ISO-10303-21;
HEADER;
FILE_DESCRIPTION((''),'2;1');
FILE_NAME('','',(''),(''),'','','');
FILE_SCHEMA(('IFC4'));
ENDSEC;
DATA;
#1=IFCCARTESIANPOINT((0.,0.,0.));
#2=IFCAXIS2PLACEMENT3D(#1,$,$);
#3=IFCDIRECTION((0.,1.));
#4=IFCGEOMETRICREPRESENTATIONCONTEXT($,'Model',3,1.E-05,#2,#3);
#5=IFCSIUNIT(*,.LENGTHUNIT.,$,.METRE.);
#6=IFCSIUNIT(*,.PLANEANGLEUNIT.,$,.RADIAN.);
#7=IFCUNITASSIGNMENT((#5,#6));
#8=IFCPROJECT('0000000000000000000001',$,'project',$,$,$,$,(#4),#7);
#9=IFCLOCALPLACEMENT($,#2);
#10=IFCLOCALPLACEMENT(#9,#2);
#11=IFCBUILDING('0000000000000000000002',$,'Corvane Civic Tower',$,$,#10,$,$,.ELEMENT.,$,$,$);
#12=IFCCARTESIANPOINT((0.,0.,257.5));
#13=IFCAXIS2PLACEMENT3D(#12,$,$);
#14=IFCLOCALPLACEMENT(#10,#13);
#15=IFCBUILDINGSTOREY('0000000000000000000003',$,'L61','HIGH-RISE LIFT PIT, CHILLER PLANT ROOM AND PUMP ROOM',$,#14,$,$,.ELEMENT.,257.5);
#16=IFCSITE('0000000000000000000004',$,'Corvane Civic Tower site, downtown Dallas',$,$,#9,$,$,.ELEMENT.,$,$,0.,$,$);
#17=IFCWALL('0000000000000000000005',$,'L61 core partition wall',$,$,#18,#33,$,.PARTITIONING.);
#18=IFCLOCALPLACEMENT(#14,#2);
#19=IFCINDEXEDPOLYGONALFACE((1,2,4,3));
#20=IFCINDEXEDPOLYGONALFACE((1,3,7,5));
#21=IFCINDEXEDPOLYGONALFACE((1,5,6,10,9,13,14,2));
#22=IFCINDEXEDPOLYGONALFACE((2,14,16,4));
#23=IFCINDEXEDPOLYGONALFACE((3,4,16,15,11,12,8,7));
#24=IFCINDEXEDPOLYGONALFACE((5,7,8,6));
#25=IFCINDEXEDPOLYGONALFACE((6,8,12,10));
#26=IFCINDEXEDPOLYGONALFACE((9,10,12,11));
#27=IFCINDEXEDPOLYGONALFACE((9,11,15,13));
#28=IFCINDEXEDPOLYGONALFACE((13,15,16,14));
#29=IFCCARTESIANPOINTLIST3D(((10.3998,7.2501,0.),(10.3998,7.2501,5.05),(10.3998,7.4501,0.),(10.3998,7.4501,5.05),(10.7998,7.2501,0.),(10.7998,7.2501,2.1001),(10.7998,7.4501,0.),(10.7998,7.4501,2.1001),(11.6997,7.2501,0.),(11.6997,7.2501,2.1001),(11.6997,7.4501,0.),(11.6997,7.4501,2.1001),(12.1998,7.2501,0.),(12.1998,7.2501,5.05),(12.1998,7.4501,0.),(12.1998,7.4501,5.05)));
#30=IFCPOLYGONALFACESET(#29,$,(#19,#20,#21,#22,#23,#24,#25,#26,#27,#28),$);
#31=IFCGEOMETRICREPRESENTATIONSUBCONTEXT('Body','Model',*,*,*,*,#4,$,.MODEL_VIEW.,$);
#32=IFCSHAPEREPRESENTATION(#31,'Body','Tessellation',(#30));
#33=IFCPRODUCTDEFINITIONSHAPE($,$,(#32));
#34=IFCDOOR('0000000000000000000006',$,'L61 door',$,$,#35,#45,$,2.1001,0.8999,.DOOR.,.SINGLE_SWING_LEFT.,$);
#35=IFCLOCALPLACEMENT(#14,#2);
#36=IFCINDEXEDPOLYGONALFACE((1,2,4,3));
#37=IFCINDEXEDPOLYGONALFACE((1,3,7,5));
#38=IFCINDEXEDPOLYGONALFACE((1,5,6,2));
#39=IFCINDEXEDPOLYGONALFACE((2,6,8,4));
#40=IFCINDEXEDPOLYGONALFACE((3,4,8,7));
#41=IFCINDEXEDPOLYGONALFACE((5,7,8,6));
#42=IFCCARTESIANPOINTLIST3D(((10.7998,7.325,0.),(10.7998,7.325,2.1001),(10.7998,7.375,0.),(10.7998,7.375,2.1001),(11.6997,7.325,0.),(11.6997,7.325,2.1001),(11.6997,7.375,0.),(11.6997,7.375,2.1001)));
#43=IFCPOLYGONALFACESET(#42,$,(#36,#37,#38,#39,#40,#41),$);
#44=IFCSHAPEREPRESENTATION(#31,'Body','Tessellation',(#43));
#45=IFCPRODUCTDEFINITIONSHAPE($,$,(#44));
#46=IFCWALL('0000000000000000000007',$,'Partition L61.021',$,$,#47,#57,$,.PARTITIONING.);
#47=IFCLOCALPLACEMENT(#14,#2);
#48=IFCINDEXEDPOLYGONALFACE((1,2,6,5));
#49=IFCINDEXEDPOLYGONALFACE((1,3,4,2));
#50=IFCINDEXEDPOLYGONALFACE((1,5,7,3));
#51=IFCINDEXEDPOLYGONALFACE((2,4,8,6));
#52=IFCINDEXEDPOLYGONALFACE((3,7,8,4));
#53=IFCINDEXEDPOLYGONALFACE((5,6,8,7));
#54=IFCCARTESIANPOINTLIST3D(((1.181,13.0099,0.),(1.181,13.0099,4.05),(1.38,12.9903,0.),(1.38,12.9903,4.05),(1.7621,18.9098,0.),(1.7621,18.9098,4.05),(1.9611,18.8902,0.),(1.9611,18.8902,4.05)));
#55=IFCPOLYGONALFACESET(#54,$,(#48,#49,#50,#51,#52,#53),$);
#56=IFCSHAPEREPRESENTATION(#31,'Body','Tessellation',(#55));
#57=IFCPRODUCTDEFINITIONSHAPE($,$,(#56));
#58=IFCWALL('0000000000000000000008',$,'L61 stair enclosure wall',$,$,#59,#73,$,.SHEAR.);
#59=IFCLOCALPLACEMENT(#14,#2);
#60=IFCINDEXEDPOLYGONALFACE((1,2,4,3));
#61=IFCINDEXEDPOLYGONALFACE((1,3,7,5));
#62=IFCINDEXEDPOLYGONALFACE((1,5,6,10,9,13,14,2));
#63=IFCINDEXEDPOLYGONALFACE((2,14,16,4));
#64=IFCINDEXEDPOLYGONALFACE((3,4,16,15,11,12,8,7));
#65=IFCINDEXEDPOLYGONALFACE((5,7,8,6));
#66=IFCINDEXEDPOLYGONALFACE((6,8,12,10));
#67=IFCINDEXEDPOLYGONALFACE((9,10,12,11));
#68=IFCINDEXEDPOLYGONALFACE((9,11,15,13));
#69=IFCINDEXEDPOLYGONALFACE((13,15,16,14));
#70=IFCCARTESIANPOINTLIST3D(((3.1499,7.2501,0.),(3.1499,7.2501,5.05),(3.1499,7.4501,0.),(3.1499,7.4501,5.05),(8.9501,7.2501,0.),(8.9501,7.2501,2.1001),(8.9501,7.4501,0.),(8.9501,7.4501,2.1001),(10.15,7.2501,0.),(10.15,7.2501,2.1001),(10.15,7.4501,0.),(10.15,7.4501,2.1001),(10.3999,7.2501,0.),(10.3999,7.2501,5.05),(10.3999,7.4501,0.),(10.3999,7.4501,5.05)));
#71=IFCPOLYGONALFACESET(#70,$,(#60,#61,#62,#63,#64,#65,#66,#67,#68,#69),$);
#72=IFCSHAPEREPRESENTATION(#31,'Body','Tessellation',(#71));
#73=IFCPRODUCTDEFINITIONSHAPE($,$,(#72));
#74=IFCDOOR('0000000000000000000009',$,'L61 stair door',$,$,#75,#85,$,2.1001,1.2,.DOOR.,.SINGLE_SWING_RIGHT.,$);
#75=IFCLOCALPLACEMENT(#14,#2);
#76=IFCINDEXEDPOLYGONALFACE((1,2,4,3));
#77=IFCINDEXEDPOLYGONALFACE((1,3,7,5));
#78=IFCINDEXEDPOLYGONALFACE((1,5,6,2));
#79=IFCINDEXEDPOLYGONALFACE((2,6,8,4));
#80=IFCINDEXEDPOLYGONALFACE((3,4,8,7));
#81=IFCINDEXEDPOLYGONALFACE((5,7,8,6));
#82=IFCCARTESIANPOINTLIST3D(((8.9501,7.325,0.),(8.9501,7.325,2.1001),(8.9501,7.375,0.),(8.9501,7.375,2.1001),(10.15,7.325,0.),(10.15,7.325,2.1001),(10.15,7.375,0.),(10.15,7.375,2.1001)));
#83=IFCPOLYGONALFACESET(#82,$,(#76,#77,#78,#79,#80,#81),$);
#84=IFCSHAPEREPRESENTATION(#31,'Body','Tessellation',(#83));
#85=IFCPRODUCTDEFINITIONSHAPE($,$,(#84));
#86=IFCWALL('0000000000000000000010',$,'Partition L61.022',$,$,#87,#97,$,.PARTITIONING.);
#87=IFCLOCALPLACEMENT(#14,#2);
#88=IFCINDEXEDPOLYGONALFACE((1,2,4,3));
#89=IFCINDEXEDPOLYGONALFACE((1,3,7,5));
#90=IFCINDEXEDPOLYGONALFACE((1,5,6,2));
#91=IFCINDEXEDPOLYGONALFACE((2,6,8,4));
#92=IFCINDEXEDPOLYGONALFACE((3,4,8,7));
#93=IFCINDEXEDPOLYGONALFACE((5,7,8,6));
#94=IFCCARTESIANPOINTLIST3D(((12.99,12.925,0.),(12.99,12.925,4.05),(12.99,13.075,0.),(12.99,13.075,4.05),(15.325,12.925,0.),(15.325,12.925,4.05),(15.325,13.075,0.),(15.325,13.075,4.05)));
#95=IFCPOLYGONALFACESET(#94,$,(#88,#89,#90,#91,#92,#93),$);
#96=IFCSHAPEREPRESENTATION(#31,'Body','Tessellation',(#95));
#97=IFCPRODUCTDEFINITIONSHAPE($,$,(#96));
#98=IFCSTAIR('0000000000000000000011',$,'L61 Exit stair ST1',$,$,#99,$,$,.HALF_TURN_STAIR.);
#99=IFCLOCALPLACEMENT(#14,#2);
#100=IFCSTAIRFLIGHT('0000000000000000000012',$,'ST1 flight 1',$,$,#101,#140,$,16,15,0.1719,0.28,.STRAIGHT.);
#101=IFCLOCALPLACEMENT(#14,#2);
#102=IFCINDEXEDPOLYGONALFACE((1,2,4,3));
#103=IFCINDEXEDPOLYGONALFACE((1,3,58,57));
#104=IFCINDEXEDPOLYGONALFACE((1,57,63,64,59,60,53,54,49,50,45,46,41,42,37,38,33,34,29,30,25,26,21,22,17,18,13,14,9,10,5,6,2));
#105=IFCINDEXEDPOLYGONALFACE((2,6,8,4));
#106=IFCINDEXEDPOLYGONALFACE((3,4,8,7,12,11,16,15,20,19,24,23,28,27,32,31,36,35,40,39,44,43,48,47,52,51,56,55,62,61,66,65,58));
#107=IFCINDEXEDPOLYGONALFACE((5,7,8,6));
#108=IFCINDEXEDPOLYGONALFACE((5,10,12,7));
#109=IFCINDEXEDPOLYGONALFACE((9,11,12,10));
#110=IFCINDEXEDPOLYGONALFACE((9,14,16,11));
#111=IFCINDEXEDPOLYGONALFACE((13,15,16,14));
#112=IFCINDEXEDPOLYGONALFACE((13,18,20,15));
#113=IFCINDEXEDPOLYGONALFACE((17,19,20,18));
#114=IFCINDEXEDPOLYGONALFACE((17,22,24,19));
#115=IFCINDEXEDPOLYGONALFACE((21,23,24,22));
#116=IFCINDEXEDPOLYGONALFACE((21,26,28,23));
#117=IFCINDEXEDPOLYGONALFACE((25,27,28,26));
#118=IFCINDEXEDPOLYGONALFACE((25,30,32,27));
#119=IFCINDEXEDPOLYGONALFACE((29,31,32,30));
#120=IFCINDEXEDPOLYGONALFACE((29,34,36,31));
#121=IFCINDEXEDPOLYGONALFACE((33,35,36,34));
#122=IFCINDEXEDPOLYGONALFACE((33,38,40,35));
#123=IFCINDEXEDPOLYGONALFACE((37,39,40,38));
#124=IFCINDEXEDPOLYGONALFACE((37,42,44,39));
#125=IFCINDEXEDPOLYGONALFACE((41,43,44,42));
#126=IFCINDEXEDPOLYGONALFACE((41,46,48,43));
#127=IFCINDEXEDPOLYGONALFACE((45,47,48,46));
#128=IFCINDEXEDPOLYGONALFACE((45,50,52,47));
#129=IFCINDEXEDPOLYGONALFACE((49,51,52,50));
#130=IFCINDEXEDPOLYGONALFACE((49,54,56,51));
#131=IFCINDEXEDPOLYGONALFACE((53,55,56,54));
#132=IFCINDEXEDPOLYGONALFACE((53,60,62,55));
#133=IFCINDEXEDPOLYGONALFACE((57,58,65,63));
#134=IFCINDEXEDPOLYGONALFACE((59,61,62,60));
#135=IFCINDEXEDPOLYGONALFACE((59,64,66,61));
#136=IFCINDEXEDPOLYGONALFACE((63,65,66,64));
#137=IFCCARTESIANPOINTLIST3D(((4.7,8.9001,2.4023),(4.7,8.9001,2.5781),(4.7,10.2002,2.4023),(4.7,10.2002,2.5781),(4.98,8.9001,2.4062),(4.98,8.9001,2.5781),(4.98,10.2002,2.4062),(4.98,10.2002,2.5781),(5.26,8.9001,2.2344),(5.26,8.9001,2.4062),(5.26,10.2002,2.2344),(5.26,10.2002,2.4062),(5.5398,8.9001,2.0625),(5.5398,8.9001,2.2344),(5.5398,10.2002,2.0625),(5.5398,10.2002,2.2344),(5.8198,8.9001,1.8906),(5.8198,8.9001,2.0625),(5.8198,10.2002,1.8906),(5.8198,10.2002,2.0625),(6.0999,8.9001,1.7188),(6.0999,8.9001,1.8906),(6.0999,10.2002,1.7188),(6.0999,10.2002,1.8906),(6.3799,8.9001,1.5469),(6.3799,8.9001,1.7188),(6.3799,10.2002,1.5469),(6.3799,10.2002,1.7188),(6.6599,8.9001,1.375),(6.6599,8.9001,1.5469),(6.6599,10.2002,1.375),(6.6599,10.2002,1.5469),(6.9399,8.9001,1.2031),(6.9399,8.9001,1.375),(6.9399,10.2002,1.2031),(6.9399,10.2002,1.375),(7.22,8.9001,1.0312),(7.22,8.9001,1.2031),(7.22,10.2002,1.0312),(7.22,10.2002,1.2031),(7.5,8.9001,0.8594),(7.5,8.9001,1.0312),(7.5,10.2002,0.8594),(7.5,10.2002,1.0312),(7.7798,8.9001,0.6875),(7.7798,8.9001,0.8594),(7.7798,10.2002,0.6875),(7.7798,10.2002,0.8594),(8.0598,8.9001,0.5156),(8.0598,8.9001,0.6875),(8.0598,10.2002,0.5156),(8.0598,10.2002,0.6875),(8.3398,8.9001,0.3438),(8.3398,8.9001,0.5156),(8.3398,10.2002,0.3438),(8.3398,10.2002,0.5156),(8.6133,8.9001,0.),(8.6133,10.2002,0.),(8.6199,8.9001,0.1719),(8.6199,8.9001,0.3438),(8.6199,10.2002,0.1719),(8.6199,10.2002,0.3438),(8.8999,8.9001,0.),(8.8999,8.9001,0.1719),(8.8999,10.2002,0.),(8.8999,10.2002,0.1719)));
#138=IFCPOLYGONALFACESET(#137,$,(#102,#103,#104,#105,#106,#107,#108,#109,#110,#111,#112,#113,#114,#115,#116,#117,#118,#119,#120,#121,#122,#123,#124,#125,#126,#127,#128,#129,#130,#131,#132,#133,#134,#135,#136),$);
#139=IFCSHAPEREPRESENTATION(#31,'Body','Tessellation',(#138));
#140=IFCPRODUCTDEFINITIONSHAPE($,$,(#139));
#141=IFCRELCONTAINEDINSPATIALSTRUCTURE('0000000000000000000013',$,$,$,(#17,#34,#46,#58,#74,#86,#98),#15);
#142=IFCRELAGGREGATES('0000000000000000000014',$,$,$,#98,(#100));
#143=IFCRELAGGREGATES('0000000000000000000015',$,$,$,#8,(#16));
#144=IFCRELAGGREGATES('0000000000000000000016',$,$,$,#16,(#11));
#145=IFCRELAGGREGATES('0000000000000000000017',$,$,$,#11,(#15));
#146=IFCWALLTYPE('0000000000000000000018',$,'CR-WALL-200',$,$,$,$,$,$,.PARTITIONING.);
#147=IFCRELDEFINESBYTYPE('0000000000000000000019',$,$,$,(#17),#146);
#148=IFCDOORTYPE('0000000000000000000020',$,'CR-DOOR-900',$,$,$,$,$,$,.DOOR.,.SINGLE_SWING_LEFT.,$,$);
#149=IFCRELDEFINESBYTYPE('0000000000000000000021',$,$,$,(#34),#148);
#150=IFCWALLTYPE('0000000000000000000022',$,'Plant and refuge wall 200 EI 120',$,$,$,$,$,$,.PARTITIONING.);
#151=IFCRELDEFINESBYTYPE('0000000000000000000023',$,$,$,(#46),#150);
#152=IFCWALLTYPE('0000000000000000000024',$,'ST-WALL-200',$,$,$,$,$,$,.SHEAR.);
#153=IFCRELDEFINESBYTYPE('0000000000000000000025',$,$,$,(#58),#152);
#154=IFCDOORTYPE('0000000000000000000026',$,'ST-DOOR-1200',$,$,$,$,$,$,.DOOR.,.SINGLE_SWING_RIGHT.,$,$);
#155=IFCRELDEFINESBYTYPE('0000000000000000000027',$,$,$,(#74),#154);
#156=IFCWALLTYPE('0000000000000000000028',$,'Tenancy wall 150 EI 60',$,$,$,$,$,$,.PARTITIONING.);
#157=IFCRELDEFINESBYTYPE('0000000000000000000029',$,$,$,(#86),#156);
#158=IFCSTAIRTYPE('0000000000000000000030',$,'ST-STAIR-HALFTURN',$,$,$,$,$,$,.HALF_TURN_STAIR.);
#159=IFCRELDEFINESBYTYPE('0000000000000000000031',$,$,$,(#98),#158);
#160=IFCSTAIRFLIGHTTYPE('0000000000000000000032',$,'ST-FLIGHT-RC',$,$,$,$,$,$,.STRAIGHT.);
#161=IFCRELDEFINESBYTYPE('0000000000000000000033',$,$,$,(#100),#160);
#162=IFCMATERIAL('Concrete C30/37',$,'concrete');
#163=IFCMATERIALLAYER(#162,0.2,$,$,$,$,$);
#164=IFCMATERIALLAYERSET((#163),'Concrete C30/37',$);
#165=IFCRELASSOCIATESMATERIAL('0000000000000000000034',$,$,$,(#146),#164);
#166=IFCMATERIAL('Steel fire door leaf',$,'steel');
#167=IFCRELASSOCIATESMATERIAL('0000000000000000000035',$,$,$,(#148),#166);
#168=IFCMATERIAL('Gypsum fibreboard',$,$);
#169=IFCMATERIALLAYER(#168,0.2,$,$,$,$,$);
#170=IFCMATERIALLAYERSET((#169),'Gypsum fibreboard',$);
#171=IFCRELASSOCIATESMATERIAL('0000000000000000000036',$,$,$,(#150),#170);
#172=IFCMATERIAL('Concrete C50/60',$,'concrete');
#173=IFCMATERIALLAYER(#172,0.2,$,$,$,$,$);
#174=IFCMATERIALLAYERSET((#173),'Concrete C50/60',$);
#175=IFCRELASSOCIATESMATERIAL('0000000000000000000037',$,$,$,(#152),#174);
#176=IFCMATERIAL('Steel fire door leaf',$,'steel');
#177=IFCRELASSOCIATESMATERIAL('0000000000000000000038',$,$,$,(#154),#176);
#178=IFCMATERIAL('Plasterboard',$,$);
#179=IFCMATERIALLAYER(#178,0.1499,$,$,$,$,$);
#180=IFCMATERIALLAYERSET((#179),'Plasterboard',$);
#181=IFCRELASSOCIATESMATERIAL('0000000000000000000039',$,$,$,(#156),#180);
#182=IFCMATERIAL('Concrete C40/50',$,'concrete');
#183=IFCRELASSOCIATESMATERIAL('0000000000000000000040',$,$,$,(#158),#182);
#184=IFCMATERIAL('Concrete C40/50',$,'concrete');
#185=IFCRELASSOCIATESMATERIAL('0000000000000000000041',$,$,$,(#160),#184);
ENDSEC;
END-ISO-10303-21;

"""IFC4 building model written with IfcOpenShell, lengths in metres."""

from ifc_helpers import new_model, si_unit, direction, frame, frame_2d, origin, place, context, subcontext, project, spatial, polyline, rectangle, outline, extrude, material, layer, layer_set, type_object, element, fill, aggregate, save


model = new_model("IFC4")

# Units and contexts
model_context = context("Model", 3, precision=1e-05, world=origin(), true_north=direction((0.0, 1.0)))
body_context = subcontext(model_context, "Body", "Model", "MODEL_VIEW")
ifc_project = project(units=[si_unit("LENGTHUNIT", "METRE"), si_unit("PLANEANGLEUNIT", "RADIAN")], contexts=[model_context])

# Site, building, storey
site_placement = place(None, origin())
site = spatial("IfcSite", under=ifc_project, at=site_placement, Name="Corvane Civic Tower site, downtown Dallas", CompositionType="ELEMENT", RefElevation=0.0)
building_placement = place(site_placement, origin())
building = spatial("IfcBuilding", under=site, at=building_placement, Name="Corvane Civic Tower", CompositionType="ELEMENT")
storey_placement = place(building_placement, frame((0.0, 0.0, 257.5)))
storey = spatial("IfcBuildingStorey", under=building, at=storey_placement, Name="L61", Description="HIGH-RISE LIFT PIT, CHILLER PLANT ROOM AND PUMP ROOM", CompositionType="ELEMENT", Elevation=257.5)

# Wall, opening, door
ifc_material_1 = material(Name="Concrete C30/37", Category="concrete")
ifc_layer_1 = layer(ifc_material_1, 0.2)
ifc_layer_set_1 = layer_set([ifc_layer_1], Name="Concrete C30/37")
wall_type_1 = type_object("IfcWallType", Name="CR-WALL-200", PredefinedType="PARTITIONING", material=ifc_layer_set_1)
wall_1_placement = place(storey_placement, frame((10.3999, 7.3501, 0.0), z_axis=(0.0, 0.0, 1.0), x_axis=(1.0, 0.0, 0.0)))
wall_1 = element("IfcWall", 1, at=wall_1_placement, inside=storey, type_object=wall_type_1, Name="L61 core partition wall", PredefinedType="PARTITIONING", context=body_context, shape_type="SweptSolid", body=[
    extrude(rectangle(XDim=1.8, YDim=0.2, at=frame_2d((0.8999, 0.0))), origin(), (0.0, 0.0, 1.0), 5.05),
])
opening_1_placement = place(wall_1_placement, frame((0.3999, 0.0, 0.0)))
opening_1 = element("IfcOpeningElement", 2, at=opening_1_placement, cuts=wall_1, PredefinedType="OPENING", context=body_context, shape_type="SweptSolid", body=[
    extrude(rectangle(XDim=0.8999, YDim=2.1001, at=frame_2d((0.45, 1.05))), frame((0.0, 0.1099, 0.0), z_axis=(0.0, -1.0, 0.0), x_axis=(1.0, 0.0, 0.0)), (0.0, 0.0, 1.0), 0.22),
])
ifc_material_2 = material(Name="Steel fire door leaf", Category="steel")
door_type_1 = type_object("IfcDoorType", Name="CR-DOOR-900", OperationType="SINGLE_SWING_LEFT", PredefinedType="DOOR", material=ifc_material_2)
door_1_placement = place(opening_1_placement, origin())
door_1 = element("IfcDoor", 3, at=door_1_placement, inside=storey, type_object=door_type_1, Name="L61 door", OperationType="SINGLE_SWING_LEFT", OverallHeight=2.1001, OverallWidth=0.8999, PredefinedType="DOOR", context=body_context, shape_type="SweptSolid", body=[
    extrude(rectangle(XDim=0.8999, YDim=2.1001, at=frame_2d((0.45, 1.05))), frame((0.0, 0.0249, 0.0), z_axis=(0.0, -1.0, 0.0), x_axis=(1.0, 0.0, 0.0)), (0.0, 0.0, 1.0), 0.05),
])
fill(opening_1, door_1)

# Wall
ifc_material_3 = material(Name="Gypsum fibreboard")
ifc_layer_2 = layer(ifc_material_3, 0.2)
ifc_layer_set_2 = layer_set([ifc_layer_2], Name="Gypsum fibreboard")
wall_type_2 = type_object("IfcWallType", Name="Plant and refuge wall 200 EI 120", PredefinedType="PARTITIONING", material=ifc_layer_set_2)
wall_2_placement = place(storey_placement, frame((1.2805, 13.0, 0.0), z_axis=(0.0, 0.0, 1.0), x_axis=(0.098011, 0.995185, 0.0)))
element("IfcWall", 4, at=wall_2_placement, inside=storey, type_object=wall_type_2, Name="Partition L61.021", PredefinedType="PARTITIONING", context=body_context, shape_type="SweptSolid", body=[
    extrude(rectangle(XDim=5.9285, YDim=0.2, at=frame_2d((2.9644, 0.0))), origin(), (0.0, 0.0, 1.0), 4.05),
])

# Wall, opening, door
ifc_material_4 = material(Name="Concrete C50/60", Category="concrete")
ifc_layer_3 = layer(ifc_material_4, 0.2)
ifc_layer_set_3 = layer_set([ifc_layer_3], Name="Concrete C50/60")
wall_type_3 = type_object("IfcWallType", Name="ST-WALL-200", PredefinedType="SHEAR", material=ifc_layer_set_3)
wall_3_placement = place(storey_placement, frame((3.1499, 7.3501, 0.0), z_axis=(0.0, 0.0, 1.0), x_axis=(1.0, 0.0, 0.0)))
wall_3 = element("IfcWall", 5, at=wall_3_placement, inside=storey, type_object=wall_type_3, Name="L61 stair enclosure wall", PredefinedType="SHEAR", context=body_context, shape_type="SweptSolid", body=[
    extrude(rectangle(XDim=7.25, YDim=0.2, at=frame_2d((3.625, 0.0))), origin(), (0.0, 0.0, 1.0), 5.05),
])
opening_2_placement = place(wall_3_placement, frame((5.8, 0.0, 0.0)))
opening_2 = element("IfcOpeningElement", 6, at=opening_2_placement, cuts=wall_3, PredefinedType="OPENING", context=body_context, shape_type="SweptSolid", body=[
    extrude(rectangle(XDim=1.2, YDim=2.1001, at=frame_2d((0.6001, 1.05))), frame((0.0, 0.1099, 0.0), z_axis=(0.0, -1.0, 0.0), x_axis=(1.0, 0.0, 0.0)), (0.0, 0.0, 1.0), 0.22),
])
ifc_material_5 = material(Name="Steel fire door leaf", Category="steel")
door_type_2 = type_object("IfcDoorType", Name="ST-DOOR-1200", OperationType="SINGLE_SWING_RIGHT", PredefinedType="DOOR", material=ifc_material_5)
door_2_placement = place(opening_2_placement, origin())
door_2 = element("IfcDoor", 7, at=door_2_placement, inside=storey, type_object=door_type_2, Name="L61 stair door", OperationType="SINGLE_SWING_RIGHT", OverallHeight=2.1001, OverallWidth=1.2, PredefinedType="DOOR", context=body_context, shape_type="SweptSolid", body=[
    extrude(rectangle(XDim=1.2, YDim=2.1001, at=frame_2d((0.6001, 1.05))), frame((0.0, 0.0249, 0.0), z_axis=(0.0, -1.0, 0.0), x_axis=(1.0, 0.0, 0.0)), (0.0, 0.0, 1.0), 0.05),
])
fill(opening_2, door_2)

# Wall
ifc_material_6 = material(Name="Plasterboard")
ifc_layer_4 = layer(ifc_material_6, 0.1499)
ifc_layer_set_4 = layer_set([ifc_layer_4], Name="Plasterboard")
wall_type_4 = type_object("IfcWallType", Name="Tenancy wall 150 EI 60", PredefinedType="PARTITIONING", material=ifc_layer_set_4)
wall_4_placement = place(storey_placement, frame((12.99, 13.0, 0.0), z_axis=(0.0, 0.0, 1.0), x_axis=(1.0, 0.0, 0.0)))
element("IfcWall", 8, at=wall_4_placement, inside=storey, type_object=wall_type_4, Name="Partition L61.022", PredefinedType="PARTITIONING", context=body_context, shape_type="SweptSolid", body=[
    extrude(rectangle(XDim=2.335, YDim=0.1499, at=frame_2d((1.1675, 0.0))), origin(), (0.0, 0.0, 1.0), 4.05),
])

# Stair, stair flight
ifc_material_7 = material(Name="Concrete C40/50", Category="concrete")
stair_type = type_object("IfcStairType", Name="ST-STAIR-HALFTURN", PredefinedType="HALF_TURN_STAIR", material=ifc_material_7)
stair_placement = place(storey_placement, origin())
stair = element("IfcStair", 9, at=stair_placement, inside=storey, type_object=stair_type, Name="L61 Exit stair ST1", PredefinedType="HALF_TURN_STAIR")
ifc_material_8 = material(Name="Concrete C40/50", Category="concrete")
stair_flight_type = type_object("IfcStairFlightType", Name="ST-FLIGHT-RC", PredefinedType="STRAIGHT", material=ifc_material_8)
stair_flight_1_placement = place(storey_placement, frame((8.8999, 9.55, 0.0), z_axis=(0.0, 0.0, 1.0), x_axis=(-1.0, 0.0, 0.0)))
stair_flight_1 = element("IfcStairFlight", 10, at=stair_flight_1_placement, type_object=stair_flight_type, Name="ST1 flight 1", NumberOfRisers=16, NumberOfTreads=15, PredefinedType="STRAIGHT", RiserHeight=0.1719, TreadLength=0.28, context=body_context, shape_type="SweptSolid", body=[
    extrude(outline(polyline([(0.0, 0.0), (0.0, 0.1719), (0.28, 0.1719), (0.28, 0.3438), (0.5601, 0.3438), (0.5601, 0.5156), (0.8401, 0.5156), (0.8401, 0.6875), (1.1201, 0.6875), (1.1201, 0.8594), (1.3999, 0.8594), (1.3999, 1.0312), (1.6799, 1.0312), (1.6799, 1.2031), (1.96, 1.2031), (1.96, 1.375), (2.24, 1.375), (2.24, 1.5469), (2.52, 1.5469), (2.52, 1.7188), (2.8, 1.7188), (2.8, 1.8906), (3.0801, 1.8906), (3.0801, 2.0625), (3.3601, 2.0625), (3.3601, 2.2344), (3.6399, 2.2344), (3.6399, 2.4062), (3.9199, 2.4062), (3.9199, 2.5781), (4.2, 2.5781), (4.2, 2.75), (4.2, 2.4023), (0.2866, 0.0), (0.0, 0.0)])), frame((0.0, 0.6499, 0.0), z_axis=(0.0, -1.0, 0.0), x_axis=(1.0, 0.0, 0.0)), (0.0, 0.0, 1.0), 1.3),
])
aggregate(stair, [stair_flight_1])

save(model, "model.ifc")
